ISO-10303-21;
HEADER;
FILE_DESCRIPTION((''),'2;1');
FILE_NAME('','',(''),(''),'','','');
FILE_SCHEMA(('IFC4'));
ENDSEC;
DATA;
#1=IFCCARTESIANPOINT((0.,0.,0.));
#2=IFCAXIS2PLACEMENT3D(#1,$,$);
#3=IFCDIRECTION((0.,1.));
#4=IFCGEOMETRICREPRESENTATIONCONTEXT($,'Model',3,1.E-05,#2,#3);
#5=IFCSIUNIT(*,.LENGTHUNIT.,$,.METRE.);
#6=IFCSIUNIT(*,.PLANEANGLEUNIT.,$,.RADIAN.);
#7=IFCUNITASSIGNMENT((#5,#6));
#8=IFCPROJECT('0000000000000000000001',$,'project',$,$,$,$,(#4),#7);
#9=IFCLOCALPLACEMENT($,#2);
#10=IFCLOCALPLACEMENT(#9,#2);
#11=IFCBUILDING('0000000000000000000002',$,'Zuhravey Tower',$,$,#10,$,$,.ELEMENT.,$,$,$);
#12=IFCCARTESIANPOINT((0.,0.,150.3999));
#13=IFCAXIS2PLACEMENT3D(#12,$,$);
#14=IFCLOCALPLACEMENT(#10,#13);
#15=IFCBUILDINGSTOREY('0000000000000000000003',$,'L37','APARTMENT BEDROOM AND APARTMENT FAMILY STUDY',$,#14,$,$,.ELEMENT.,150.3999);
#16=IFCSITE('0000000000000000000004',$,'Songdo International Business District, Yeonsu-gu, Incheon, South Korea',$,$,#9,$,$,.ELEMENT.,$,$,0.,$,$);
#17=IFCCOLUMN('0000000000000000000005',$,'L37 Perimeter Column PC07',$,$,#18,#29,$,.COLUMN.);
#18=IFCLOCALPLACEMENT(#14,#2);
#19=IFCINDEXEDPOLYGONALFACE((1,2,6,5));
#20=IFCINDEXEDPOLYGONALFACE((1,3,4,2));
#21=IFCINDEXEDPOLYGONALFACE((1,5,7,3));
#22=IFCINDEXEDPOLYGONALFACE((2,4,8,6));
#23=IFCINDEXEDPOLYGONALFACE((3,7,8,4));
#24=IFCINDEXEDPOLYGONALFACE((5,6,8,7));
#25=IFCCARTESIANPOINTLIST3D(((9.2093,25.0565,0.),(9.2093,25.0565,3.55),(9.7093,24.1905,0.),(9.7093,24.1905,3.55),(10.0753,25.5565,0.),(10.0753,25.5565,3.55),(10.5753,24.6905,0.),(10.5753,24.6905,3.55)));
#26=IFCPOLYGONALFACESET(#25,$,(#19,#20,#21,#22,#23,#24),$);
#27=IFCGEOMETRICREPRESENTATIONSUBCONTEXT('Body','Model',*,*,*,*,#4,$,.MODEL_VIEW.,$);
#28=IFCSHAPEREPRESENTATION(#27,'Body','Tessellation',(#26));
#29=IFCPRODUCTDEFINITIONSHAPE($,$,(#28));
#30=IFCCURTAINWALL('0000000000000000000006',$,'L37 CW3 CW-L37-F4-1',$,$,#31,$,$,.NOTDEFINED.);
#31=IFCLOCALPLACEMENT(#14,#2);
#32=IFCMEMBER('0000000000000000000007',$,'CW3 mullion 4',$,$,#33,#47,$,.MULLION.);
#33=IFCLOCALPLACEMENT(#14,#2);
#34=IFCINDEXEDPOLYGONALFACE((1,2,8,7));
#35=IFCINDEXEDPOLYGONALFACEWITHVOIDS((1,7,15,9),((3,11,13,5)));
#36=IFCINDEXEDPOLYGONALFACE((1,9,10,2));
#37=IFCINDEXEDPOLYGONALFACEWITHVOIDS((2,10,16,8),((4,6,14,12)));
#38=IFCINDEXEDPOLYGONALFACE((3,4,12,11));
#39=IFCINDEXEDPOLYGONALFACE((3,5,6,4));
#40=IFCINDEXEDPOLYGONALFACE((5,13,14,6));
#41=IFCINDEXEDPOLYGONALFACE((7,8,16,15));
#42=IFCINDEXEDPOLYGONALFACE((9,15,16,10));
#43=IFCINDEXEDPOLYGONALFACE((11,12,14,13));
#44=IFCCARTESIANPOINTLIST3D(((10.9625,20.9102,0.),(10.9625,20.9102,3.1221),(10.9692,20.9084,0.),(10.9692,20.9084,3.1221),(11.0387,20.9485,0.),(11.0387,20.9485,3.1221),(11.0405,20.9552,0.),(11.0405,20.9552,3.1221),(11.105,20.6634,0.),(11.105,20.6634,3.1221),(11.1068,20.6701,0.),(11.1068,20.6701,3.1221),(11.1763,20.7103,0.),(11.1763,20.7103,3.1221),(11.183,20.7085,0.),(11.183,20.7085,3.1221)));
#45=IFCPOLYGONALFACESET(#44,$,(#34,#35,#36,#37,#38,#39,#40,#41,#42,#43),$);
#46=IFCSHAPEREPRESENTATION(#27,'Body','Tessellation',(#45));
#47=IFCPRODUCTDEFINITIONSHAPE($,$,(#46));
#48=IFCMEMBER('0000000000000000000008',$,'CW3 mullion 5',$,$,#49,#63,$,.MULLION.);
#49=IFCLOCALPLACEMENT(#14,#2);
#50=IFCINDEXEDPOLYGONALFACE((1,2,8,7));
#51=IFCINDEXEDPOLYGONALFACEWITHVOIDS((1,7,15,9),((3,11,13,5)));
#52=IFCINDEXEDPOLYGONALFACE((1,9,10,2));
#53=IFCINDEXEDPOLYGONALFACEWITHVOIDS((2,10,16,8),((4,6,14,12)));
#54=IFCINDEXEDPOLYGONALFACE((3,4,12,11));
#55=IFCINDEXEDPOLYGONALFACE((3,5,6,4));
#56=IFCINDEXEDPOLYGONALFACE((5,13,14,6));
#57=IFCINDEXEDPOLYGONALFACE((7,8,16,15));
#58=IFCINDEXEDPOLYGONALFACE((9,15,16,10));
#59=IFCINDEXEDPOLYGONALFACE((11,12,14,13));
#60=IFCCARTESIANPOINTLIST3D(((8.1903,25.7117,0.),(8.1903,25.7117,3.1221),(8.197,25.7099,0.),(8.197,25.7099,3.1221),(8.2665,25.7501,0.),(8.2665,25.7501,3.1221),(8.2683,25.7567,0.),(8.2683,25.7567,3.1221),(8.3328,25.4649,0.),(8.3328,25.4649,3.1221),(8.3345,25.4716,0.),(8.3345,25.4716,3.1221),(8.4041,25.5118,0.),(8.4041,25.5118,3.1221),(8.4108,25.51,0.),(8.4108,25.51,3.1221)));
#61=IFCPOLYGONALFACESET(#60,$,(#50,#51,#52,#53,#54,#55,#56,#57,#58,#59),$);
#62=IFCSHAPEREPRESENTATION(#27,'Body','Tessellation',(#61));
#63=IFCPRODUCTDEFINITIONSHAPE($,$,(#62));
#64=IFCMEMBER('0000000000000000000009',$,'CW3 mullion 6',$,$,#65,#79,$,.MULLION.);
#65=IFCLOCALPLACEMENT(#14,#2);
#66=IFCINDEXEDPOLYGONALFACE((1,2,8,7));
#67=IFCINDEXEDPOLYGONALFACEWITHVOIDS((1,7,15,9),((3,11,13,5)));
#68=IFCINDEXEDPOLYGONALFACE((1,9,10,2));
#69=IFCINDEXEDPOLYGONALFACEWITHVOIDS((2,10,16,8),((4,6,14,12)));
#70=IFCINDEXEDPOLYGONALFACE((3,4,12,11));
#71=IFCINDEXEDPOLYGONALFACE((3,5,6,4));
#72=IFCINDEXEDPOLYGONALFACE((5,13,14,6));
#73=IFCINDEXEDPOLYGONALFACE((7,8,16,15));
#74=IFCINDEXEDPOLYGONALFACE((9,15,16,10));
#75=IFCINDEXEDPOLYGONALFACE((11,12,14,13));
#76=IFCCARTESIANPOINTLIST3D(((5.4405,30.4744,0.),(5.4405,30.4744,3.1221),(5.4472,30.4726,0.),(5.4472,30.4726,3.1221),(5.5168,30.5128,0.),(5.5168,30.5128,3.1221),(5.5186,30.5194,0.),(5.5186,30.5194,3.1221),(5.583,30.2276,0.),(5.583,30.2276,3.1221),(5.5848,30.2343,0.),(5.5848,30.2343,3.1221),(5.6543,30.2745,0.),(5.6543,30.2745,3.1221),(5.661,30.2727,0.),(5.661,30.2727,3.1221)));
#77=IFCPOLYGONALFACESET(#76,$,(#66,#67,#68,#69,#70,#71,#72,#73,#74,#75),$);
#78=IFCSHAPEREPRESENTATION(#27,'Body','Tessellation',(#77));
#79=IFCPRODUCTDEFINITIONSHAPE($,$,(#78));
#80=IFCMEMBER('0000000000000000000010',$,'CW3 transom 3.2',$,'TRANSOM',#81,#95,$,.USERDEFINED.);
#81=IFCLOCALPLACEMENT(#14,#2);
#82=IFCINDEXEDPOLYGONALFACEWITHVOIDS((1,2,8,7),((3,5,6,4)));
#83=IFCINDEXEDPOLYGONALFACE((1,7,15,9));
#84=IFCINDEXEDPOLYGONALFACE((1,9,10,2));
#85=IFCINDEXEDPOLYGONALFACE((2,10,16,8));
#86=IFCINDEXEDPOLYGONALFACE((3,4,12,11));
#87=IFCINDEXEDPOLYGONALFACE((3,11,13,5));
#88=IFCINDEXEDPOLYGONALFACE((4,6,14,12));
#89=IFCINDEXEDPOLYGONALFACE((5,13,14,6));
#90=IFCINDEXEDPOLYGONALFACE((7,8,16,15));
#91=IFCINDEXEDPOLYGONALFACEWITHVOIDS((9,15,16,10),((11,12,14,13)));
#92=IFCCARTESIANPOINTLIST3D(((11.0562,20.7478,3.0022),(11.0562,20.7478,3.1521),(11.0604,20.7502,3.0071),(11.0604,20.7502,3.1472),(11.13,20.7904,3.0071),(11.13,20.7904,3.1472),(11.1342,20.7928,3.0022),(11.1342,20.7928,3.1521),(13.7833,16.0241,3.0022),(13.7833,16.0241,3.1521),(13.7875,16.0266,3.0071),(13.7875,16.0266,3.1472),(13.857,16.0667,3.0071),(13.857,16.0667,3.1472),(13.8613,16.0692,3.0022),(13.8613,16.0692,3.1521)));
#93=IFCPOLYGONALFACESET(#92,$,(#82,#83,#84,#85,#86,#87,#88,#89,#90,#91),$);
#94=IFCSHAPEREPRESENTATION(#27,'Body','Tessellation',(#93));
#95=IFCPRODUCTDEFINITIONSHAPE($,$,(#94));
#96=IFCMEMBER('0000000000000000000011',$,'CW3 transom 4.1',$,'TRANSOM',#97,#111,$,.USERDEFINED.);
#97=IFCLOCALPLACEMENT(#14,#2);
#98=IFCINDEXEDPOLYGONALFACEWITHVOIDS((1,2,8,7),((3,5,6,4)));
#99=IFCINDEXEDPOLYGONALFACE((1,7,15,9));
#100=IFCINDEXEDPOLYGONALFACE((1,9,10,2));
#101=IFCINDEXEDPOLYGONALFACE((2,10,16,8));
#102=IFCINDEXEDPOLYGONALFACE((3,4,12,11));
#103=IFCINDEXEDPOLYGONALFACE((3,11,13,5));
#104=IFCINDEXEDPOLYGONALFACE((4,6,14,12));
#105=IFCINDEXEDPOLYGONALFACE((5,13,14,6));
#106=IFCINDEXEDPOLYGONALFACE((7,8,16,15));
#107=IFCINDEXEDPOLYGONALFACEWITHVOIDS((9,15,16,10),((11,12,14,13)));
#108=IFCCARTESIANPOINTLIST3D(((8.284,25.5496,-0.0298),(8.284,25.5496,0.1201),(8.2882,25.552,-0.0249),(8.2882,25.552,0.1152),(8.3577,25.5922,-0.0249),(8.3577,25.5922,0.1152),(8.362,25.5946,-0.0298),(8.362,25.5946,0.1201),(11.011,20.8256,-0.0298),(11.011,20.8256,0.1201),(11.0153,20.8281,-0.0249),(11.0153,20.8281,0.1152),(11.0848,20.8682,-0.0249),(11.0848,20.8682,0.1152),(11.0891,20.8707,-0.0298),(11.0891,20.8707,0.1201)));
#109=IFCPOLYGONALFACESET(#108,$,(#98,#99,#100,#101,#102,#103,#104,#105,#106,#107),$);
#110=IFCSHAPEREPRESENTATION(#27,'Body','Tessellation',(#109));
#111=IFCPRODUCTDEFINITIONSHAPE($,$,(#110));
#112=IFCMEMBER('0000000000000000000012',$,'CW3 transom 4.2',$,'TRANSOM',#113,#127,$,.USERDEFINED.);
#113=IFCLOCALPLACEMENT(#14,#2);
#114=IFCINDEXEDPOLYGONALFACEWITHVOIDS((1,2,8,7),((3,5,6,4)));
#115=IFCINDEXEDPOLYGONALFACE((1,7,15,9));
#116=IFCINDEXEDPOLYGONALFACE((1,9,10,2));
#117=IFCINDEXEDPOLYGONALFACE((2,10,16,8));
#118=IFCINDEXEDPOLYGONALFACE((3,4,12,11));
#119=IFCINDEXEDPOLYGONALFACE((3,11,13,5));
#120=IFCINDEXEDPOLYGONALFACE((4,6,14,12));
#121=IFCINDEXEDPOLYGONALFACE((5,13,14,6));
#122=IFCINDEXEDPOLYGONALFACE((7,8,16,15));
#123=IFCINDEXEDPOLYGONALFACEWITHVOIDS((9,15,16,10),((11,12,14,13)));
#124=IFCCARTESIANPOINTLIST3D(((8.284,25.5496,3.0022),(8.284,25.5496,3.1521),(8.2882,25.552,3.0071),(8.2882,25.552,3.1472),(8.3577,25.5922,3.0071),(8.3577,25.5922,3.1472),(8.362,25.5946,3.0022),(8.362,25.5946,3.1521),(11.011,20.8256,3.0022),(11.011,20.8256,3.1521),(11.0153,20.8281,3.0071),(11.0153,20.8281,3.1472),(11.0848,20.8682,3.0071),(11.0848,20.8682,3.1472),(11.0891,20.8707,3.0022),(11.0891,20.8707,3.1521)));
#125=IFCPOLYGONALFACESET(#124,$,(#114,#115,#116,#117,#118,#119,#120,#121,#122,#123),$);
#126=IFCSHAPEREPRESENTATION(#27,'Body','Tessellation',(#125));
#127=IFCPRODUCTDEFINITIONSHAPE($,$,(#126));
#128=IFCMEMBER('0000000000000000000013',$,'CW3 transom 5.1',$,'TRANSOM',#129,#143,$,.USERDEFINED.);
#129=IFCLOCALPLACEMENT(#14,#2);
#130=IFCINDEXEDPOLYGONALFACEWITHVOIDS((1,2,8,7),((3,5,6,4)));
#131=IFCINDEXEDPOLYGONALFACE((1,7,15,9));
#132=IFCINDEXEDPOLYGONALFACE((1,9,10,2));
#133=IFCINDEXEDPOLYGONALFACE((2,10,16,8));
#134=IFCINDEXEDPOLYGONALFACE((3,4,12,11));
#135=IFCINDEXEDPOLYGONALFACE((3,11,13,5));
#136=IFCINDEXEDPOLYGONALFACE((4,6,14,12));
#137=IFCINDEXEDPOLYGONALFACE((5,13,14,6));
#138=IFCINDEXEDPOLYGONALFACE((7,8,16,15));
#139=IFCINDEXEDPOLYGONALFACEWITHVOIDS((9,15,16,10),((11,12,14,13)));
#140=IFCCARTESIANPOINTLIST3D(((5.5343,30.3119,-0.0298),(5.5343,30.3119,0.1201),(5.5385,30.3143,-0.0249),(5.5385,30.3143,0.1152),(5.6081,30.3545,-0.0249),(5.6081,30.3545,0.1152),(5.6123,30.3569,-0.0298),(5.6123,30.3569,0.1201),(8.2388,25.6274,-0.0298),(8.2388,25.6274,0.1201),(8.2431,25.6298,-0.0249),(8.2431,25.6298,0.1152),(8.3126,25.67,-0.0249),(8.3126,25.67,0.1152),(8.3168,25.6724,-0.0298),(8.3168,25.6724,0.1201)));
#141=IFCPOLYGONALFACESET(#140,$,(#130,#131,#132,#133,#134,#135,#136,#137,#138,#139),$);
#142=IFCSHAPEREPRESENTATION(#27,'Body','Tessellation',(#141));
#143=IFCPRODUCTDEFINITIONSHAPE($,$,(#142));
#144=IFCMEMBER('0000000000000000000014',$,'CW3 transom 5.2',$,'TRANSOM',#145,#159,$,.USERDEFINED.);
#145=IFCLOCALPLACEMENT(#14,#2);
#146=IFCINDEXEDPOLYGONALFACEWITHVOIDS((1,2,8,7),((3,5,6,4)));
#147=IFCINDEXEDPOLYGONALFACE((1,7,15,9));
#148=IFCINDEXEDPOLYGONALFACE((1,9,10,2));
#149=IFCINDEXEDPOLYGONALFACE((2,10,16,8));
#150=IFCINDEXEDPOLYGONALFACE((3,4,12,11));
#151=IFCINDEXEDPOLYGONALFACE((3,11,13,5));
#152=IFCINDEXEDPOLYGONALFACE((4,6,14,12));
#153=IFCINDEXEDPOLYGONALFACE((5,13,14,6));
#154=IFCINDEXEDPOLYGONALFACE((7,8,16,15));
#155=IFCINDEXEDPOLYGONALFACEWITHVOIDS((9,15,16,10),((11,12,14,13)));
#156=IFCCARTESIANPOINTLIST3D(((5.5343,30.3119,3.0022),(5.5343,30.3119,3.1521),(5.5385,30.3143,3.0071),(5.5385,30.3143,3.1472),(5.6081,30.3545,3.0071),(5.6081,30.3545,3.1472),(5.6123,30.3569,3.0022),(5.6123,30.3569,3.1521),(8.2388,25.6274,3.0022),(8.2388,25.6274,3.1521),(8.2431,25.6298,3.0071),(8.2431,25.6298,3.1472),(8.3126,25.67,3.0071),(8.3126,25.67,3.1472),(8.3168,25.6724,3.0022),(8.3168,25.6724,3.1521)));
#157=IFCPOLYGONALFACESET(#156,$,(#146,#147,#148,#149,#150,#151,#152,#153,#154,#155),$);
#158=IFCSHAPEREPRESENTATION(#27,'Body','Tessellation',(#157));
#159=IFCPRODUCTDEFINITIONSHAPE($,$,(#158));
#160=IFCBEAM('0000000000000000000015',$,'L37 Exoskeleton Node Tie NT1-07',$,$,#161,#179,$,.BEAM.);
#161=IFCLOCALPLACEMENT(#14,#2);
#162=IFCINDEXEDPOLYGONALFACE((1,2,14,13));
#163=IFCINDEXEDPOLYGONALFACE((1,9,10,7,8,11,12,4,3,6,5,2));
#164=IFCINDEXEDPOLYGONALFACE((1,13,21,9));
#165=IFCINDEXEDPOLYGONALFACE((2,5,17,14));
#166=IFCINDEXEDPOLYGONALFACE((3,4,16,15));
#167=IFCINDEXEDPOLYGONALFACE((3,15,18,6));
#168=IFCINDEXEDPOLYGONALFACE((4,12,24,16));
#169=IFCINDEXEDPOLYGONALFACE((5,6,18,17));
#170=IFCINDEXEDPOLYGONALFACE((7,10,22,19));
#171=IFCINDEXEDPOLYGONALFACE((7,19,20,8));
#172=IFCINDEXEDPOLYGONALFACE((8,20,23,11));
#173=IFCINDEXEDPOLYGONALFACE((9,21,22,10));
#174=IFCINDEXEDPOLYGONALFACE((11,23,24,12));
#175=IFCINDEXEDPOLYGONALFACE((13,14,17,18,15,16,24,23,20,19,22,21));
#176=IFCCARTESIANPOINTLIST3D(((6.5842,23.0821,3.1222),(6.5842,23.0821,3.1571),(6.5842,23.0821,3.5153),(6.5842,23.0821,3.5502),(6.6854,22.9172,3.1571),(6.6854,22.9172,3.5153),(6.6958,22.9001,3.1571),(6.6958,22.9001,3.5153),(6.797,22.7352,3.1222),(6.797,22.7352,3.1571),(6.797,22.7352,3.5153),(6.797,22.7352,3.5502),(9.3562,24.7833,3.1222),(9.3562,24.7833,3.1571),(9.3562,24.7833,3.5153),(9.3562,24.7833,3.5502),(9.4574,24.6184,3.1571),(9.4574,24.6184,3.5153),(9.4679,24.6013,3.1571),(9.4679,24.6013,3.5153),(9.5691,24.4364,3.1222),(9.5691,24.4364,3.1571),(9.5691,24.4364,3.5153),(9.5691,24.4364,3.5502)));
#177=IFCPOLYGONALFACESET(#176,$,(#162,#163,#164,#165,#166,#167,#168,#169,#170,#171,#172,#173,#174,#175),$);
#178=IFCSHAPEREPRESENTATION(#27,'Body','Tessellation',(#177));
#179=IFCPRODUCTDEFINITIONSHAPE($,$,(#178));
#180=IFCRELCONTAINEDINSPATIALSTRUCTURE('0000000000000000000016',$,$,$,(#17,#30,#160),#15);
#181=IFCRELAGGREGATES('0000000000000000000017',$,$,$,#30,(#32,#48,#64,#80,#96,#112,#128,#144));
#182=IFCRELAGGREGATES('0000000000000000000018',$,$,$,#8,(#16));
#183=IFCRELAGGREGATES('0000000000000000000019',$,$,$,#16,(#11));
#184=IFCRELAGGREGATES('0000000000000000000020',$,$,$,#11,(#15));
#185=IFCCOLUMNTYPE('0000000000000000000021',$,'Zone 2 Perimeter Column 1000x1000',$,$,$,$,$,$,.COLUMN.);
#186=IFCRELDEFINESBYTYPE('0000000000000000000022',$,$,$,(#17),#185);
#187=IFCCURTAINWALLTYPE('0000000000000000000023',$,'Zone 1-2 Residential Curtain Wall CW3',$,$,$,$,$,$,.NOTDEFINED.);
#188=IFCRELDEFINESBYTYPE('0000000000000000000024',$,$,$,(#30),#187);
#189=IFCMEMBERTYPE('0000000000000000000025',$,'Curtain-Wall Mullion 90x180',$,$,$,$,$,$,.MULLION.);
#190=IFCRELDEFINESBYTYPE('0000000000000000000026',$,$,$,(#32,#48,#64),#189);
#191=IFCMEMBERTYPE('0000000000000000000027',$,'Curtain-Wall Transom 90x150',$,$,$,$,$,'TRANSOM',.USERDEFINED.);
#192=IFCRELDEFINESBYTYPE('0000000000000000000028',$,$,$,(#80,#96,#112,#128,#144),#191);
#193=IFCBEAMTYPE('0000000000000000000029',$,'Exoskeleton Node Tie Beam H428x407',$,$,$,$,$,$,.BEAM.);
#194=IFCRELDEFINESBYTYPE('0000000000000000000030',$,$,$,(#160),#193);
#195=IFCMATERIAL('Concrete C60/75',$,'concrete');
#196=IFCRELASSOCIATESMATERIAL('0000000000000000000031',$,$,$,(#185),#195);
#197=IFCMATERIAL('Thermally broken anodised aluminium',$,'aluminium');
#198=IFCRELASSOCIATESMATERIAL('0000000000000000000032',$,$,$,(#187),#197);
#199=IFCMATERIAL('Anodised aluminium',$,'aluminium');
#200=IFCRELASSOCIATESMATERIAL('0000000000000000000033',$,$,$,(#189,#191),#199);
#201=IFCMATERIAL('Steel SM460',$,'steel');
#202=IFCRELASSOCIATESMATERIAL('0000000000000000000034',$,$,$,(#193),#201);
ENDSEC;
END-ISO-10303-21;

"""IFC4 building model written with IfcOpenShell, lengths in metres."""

from ifc_helpers import new_model, si_unit, direction, frame, origin, origin_2d, place, context, subcontext, project, spatial, rectangle, hollow_rectangle, i_section, extrude, material, material_profile, profile_set, type_object, element, aggregate, save


model = new_model("IFC4")

# Units and contexts
model_context = context("Model", 3, precision=1e-05, world=origin(), true_north=direction((0.0, 1.0)))
body_context = subcontext(model_context, "Body", "Model", "MODEL_VIEW")
ifc_project = project(units=[si_unit("LENGTHUNIT", "METRE"), si_unit("PLANEANGLEUNIT", "RADIAN")], contexts=[model_context])

# Site, building, storey
site_placement = place(None, origin())
site = spatial("IfcSite", under=ifc_project, at=site_placement, Name="Songdo International Business District, Yeonsu-gu, Incheon, South Korea", CompositionType="ELEMENT", RefElevation=0.0)
building_placement = place(site_placement, origin())
building = spatial("IfcBuilding", under=site, at=building_placement, Name="Zuhravey Tower", CompositionType="ELEMENT")
storey_placement = place(building_placement, frame((0.0, 0.0, 150.3999)))
storey = spatial("IfcBuildingStorey", under=building, at=storey_placement, Name="L37", Description="APARTMENT BEDROOM AND APARTMENT FAMILY STUDY", CompositionType="ELEMENT", Elevation=150.3999)

# Column
ifc_material_1 = material(Name="Concrete C60/75", Category="concrete")
ifc_material_profile_1 = material_profile(ifc_material_1, rectangle(XDim=1.0, YDim=1.0, at=origin_2d()), Name="RC-1000x1000")
ifc_profile_set_1 = profile_set([ifc_material_profile_1], Name="Concrete C60/75")
column_type = type_object("IfcColumnType", Name="Zone 2 Perimeter Column 1000x1000", PredefinedType="COLUMN", material=ifc_profile_set_1)
column_placement = place(storey_placement, frame((9.8923, 24.8735, 0.0), z_axis=(0.0, 0.0, 1.0), x_axis=(0.5, -0.866025, 0.0)))
element("IfcColumn", 1, at=column_placement, inside=storey, type_object=column_type, Name="L37 Perimeter Column PC07", PredefinedType="COLUMN", context=body_context, shape_type="SweptSolid", body=[
    extrude(rectangle(XDim=1.0, YDim=1.0, at=origin_2d()), origin(), (0.0, 0.0, 1.0), 3.55),
])

# Curtain wall, members
ifc_material_2 = material(Name="Thermally broken anodised aluminium", Category="aluminium")
curtain_wall_type = type_object("IfcCurtainWallType", Name="Zone 1-2 Residential Curtain Wall CW3", PredefinedType="NOTDEFINED", material=ifc_material_2)
curtain_wall_placement = place(storey_placement, origin())
curtain_wall = element("IfcCurtainWall", 2, at=curtain_wall_placement, inside=storey, type_object=curtain_wall_type, Name="L37 CW3 CW-L37-F4-1", PredefinedType="NOTDEFINED")
ifc_material_3 = material(Name="Anodised aluminium", Category="aluminium")
ifc_material_profile_2 = material_profile(ifc_material_3, hollow_rectangle(XDim=0.0901, YDim=0.2849, WallThickness=0.0049, at=origin_2d()), Name="ALU-RHS-90x285x5")
ifc_profile_set_2 = profile_set([ifc_material_profile_2], Name="Anodised aluminium")
member_type_1 = type_object("IfcMemberType", Name="Curtain-Wall Mullion 90x180", PredefinedType="MULLION", material=ifc_profile_set_2)
member_1_placement = place(storey_placement, frame((11.0728, 20.8093, 0.0), z_axis=(0.0, 0.0, 1.0), x_axis=(-0.866025, -0.5, 0.0)))
member_1 = element("IfcMember", 3, at=member_1_placement, type_object=member_type_1, Name="CW3 mullion 4", PredefinedType="MULLION", context=body_context, shape_type="SweptSolid", body=[
    extrude(hollow_rectangle(XDim=0.0901, YDim=0.2849, WallThickness=0.0049, at=origin_2d()), origin(), (0.0, 0.0, 1.0), 3.1221),
])
member_2_placement = place(storey_placement, frame((8.3005, 25.6108, 0.0), z_axis=(0.0, 0.0, 1.0), x_axis=(-0.866025, -0.5, 0.0)))
member_2 = element("IfcMember", 4, at=member_2_placement, type_object=member_type_1, Name="CW3 mullion 5", PredefinedType="MULLION", context=body_context, shape_type="SweptSolid", body=[
    extrude(hollow_rectangle(XDim=0.0901, YDim=0.2849, WallThickness=0.0049, at=origin_2d()), origin(), (0.0, 0.0, 1.0), 3.1221),
])
member_3_placement = place(storey_placement, frame((5.5508, 30.3735, 0.0), z_axis=(0.0, 0.0, 1.0), x_axis=(-0.866025, -0.5, 0.0)))
member_3 = element("IfcMember", 5, at=member_3_placement, type_object=member_type_1, Name="CW3 mullion 6", PredefinedType="MULLION", context=body_context, shape_type="SweptSolid", body=[
    extrude(hollow_rectangle(XDim=0.0901, YDim=0.2849, WallThickness=0.0049, at=origin_2d()), origin(), (0.0, 0.0, 1.0), 3.1221),
])
ifc_material_profile_3 = material_profile(ifc_material_3, hollow_rectangle(XDim=0.0901, YDim=0.1499, WallThickness=0.0049, at=origin_2d()), Name="ALU-RHS-90x150x5")
ifc_profile_set_3 = profile_set([ifc_material_profile_3], Name="Anodised aluminium")
member_type_2 = type_object("IfcMemberType", Name="Curtain-Wall Transom 90x150", ElementType="TRANSOM", PredefinedType="USERDEFINED", material=ifc_profile_set_3)
member_4_placement = place(storey_placement, frame((13.8223, 16.0466, 3.0771), z_axis=(-0.499981, 0.866037, 0.0), x_axis=(-0.866037, -0.499981, 0.0)))
member_4 = element("IfcMember", 6, at=member_4_placement, type_object=member_type_2, Name="CW3 transom 3.2", ObjectType="TRANSOM", PredefinedType="USERDEFINED", context=body_context, shape_type="SweptSolid", body=[
    extrude(hollow_rectangle(XDim=0.0901, YDim=0.1499, WallThickness=0.0049, at=origin_2d()), origin(), (0.0, 0.0, 1.0), 5.4543),
])
member_5_placement = place(storey_placement, frame((11.05, 20.8481, 0.0452), z_axis=(-0.499961, 0.866048, 0.0), x_axis=(-0.866048, -0.499961, 0.0)))
member_5 = element("IfcMember", 7, at=member_5_placement, type_object=member_type_2, Name="CW3 transom 4.1", ObjectType="TRANSOM", PredefinedType="USERDEFINED", context=body_context, shape_type="SweptSolid", body=[
    extrude(hollow_rectangle(XDim=0.0901, YDim=0.1499, WallThickness=0.0049, at=origin_2d()), origin(), (0.0, 0.0, 1.0), 5.4546),
])
member_6_placement = place(storey_placement, frame((11.05, 20.8481, 3.0771), z_axis=(-0.499961, 0.866048, 0.0), x_axis=(-0.866048, -0.499961, 0.0)))
member_6 = element("IfcMember", 8, at=member_6_placement, type_object=member_type_2, Name="CW3 transom 4.2", ObjectType="TRANSOM", PredefinedType="USERDEFINED", context=body_context, shape_type="SweptSolid", body=[
    extrude(hollow_rectangle(XDim=0.0901, YDim=0.1499, WallThickness=0.0049, at=origin_2d()), origin(), (0.0, 0.0, 1.0), 5.4546),
])
member_7_placement = place(storey_placement, frame((8.2778, 25.6499, 0.0452), z_axis=(-0.499993, 0.866029, 0.0), x_axis=(-0.866029, -0.499993, 0.0)))
member_7 = element("IfcMember", 9, at=member_7_placement, type_object=member_type_2, Name="CW3 transom 5.1", ObjectType="TRANSOM", PredefinedType="USERDEFINED", context=body_context, shape_type="SweptSolid", body=[
    extrude(hollow_rectangle(XDim=0.0901, YDim=0.1499, WallThickness=0.0049, at=origin_2d()), origin(), (0.0, 0.0, 1.0), 5.4092),
])
member_8_placement = place(storey_placement, frame((8.2778, 25.6499, 3.0771), z_axis=(-0.499993, 0.866029, 0.0), x_axis=(-0.866029, -0.499993, 0.0)))
member_8 = element("IfcMember", 10, at=member_8_placement, type_object=member_type_2, Name="CW3 transom 5.2", ObjectType="TRANSOM", PredefinedType="USERDEFINED", context=body_context, shape_type="SweptSolid", body=[
    extrude(hollow_rectangle(XDim=0.0901, YDim=0.1499, WallThickness=0.0049, at=origin_2d()), origin(), (0.0, 0.0, 1.0), 5.4092),
])

# Beam
ifc_material_4 = material(Name="Steel SM460", Category="steel")
ifc_material_profile_4 = material_profile(ifc_material_4, i_section(OverallWidth=0.407, OverallDepth=0.428, WebThickness=0.02, FlangeThickness=0.0349, at=origin_2d()), Name="H-428x407x20x35")
ifc_profile_set_4 = profile_set([ifc_material_profile_4], Name="Steel SM460")
beam_type_1 = type_object("IfcBeamType", Name="Exoskeleton Node Tie Beam H428x407", PredefinedType="BEAM", material=ifc_profile_set_4)
beam_1_placement = place(storey_placement, frame((9.4626, 24.6099, 3.3362), z_axis=(-0.852297, -0.523058, 0.0), x_axis=(0.523058, -0.852297, 0.0)))
element("IfcBeam", 11, at=beam_1_placement, inside=storey, type_object=beam_type_1, Name="L37 Exoskeleton Node Tie NT1-07", PredefinedType="BEAM", context=body_context, shape_type="SweptSolid", body=[
    extrude(i_section(OverallWidth=0.407, OverallDepth=0.428, WebThickness=0.02, FlangeThickness=0.0349, at=origin_2d()), origin(), (0.0, 0.0, 1.0), 3.2524),
])

aggregate(curtain_wall, [member_1, member_2, member_3, member_4, member_5, member_6, member_7, member_8])

save(model, "model.ifc")
